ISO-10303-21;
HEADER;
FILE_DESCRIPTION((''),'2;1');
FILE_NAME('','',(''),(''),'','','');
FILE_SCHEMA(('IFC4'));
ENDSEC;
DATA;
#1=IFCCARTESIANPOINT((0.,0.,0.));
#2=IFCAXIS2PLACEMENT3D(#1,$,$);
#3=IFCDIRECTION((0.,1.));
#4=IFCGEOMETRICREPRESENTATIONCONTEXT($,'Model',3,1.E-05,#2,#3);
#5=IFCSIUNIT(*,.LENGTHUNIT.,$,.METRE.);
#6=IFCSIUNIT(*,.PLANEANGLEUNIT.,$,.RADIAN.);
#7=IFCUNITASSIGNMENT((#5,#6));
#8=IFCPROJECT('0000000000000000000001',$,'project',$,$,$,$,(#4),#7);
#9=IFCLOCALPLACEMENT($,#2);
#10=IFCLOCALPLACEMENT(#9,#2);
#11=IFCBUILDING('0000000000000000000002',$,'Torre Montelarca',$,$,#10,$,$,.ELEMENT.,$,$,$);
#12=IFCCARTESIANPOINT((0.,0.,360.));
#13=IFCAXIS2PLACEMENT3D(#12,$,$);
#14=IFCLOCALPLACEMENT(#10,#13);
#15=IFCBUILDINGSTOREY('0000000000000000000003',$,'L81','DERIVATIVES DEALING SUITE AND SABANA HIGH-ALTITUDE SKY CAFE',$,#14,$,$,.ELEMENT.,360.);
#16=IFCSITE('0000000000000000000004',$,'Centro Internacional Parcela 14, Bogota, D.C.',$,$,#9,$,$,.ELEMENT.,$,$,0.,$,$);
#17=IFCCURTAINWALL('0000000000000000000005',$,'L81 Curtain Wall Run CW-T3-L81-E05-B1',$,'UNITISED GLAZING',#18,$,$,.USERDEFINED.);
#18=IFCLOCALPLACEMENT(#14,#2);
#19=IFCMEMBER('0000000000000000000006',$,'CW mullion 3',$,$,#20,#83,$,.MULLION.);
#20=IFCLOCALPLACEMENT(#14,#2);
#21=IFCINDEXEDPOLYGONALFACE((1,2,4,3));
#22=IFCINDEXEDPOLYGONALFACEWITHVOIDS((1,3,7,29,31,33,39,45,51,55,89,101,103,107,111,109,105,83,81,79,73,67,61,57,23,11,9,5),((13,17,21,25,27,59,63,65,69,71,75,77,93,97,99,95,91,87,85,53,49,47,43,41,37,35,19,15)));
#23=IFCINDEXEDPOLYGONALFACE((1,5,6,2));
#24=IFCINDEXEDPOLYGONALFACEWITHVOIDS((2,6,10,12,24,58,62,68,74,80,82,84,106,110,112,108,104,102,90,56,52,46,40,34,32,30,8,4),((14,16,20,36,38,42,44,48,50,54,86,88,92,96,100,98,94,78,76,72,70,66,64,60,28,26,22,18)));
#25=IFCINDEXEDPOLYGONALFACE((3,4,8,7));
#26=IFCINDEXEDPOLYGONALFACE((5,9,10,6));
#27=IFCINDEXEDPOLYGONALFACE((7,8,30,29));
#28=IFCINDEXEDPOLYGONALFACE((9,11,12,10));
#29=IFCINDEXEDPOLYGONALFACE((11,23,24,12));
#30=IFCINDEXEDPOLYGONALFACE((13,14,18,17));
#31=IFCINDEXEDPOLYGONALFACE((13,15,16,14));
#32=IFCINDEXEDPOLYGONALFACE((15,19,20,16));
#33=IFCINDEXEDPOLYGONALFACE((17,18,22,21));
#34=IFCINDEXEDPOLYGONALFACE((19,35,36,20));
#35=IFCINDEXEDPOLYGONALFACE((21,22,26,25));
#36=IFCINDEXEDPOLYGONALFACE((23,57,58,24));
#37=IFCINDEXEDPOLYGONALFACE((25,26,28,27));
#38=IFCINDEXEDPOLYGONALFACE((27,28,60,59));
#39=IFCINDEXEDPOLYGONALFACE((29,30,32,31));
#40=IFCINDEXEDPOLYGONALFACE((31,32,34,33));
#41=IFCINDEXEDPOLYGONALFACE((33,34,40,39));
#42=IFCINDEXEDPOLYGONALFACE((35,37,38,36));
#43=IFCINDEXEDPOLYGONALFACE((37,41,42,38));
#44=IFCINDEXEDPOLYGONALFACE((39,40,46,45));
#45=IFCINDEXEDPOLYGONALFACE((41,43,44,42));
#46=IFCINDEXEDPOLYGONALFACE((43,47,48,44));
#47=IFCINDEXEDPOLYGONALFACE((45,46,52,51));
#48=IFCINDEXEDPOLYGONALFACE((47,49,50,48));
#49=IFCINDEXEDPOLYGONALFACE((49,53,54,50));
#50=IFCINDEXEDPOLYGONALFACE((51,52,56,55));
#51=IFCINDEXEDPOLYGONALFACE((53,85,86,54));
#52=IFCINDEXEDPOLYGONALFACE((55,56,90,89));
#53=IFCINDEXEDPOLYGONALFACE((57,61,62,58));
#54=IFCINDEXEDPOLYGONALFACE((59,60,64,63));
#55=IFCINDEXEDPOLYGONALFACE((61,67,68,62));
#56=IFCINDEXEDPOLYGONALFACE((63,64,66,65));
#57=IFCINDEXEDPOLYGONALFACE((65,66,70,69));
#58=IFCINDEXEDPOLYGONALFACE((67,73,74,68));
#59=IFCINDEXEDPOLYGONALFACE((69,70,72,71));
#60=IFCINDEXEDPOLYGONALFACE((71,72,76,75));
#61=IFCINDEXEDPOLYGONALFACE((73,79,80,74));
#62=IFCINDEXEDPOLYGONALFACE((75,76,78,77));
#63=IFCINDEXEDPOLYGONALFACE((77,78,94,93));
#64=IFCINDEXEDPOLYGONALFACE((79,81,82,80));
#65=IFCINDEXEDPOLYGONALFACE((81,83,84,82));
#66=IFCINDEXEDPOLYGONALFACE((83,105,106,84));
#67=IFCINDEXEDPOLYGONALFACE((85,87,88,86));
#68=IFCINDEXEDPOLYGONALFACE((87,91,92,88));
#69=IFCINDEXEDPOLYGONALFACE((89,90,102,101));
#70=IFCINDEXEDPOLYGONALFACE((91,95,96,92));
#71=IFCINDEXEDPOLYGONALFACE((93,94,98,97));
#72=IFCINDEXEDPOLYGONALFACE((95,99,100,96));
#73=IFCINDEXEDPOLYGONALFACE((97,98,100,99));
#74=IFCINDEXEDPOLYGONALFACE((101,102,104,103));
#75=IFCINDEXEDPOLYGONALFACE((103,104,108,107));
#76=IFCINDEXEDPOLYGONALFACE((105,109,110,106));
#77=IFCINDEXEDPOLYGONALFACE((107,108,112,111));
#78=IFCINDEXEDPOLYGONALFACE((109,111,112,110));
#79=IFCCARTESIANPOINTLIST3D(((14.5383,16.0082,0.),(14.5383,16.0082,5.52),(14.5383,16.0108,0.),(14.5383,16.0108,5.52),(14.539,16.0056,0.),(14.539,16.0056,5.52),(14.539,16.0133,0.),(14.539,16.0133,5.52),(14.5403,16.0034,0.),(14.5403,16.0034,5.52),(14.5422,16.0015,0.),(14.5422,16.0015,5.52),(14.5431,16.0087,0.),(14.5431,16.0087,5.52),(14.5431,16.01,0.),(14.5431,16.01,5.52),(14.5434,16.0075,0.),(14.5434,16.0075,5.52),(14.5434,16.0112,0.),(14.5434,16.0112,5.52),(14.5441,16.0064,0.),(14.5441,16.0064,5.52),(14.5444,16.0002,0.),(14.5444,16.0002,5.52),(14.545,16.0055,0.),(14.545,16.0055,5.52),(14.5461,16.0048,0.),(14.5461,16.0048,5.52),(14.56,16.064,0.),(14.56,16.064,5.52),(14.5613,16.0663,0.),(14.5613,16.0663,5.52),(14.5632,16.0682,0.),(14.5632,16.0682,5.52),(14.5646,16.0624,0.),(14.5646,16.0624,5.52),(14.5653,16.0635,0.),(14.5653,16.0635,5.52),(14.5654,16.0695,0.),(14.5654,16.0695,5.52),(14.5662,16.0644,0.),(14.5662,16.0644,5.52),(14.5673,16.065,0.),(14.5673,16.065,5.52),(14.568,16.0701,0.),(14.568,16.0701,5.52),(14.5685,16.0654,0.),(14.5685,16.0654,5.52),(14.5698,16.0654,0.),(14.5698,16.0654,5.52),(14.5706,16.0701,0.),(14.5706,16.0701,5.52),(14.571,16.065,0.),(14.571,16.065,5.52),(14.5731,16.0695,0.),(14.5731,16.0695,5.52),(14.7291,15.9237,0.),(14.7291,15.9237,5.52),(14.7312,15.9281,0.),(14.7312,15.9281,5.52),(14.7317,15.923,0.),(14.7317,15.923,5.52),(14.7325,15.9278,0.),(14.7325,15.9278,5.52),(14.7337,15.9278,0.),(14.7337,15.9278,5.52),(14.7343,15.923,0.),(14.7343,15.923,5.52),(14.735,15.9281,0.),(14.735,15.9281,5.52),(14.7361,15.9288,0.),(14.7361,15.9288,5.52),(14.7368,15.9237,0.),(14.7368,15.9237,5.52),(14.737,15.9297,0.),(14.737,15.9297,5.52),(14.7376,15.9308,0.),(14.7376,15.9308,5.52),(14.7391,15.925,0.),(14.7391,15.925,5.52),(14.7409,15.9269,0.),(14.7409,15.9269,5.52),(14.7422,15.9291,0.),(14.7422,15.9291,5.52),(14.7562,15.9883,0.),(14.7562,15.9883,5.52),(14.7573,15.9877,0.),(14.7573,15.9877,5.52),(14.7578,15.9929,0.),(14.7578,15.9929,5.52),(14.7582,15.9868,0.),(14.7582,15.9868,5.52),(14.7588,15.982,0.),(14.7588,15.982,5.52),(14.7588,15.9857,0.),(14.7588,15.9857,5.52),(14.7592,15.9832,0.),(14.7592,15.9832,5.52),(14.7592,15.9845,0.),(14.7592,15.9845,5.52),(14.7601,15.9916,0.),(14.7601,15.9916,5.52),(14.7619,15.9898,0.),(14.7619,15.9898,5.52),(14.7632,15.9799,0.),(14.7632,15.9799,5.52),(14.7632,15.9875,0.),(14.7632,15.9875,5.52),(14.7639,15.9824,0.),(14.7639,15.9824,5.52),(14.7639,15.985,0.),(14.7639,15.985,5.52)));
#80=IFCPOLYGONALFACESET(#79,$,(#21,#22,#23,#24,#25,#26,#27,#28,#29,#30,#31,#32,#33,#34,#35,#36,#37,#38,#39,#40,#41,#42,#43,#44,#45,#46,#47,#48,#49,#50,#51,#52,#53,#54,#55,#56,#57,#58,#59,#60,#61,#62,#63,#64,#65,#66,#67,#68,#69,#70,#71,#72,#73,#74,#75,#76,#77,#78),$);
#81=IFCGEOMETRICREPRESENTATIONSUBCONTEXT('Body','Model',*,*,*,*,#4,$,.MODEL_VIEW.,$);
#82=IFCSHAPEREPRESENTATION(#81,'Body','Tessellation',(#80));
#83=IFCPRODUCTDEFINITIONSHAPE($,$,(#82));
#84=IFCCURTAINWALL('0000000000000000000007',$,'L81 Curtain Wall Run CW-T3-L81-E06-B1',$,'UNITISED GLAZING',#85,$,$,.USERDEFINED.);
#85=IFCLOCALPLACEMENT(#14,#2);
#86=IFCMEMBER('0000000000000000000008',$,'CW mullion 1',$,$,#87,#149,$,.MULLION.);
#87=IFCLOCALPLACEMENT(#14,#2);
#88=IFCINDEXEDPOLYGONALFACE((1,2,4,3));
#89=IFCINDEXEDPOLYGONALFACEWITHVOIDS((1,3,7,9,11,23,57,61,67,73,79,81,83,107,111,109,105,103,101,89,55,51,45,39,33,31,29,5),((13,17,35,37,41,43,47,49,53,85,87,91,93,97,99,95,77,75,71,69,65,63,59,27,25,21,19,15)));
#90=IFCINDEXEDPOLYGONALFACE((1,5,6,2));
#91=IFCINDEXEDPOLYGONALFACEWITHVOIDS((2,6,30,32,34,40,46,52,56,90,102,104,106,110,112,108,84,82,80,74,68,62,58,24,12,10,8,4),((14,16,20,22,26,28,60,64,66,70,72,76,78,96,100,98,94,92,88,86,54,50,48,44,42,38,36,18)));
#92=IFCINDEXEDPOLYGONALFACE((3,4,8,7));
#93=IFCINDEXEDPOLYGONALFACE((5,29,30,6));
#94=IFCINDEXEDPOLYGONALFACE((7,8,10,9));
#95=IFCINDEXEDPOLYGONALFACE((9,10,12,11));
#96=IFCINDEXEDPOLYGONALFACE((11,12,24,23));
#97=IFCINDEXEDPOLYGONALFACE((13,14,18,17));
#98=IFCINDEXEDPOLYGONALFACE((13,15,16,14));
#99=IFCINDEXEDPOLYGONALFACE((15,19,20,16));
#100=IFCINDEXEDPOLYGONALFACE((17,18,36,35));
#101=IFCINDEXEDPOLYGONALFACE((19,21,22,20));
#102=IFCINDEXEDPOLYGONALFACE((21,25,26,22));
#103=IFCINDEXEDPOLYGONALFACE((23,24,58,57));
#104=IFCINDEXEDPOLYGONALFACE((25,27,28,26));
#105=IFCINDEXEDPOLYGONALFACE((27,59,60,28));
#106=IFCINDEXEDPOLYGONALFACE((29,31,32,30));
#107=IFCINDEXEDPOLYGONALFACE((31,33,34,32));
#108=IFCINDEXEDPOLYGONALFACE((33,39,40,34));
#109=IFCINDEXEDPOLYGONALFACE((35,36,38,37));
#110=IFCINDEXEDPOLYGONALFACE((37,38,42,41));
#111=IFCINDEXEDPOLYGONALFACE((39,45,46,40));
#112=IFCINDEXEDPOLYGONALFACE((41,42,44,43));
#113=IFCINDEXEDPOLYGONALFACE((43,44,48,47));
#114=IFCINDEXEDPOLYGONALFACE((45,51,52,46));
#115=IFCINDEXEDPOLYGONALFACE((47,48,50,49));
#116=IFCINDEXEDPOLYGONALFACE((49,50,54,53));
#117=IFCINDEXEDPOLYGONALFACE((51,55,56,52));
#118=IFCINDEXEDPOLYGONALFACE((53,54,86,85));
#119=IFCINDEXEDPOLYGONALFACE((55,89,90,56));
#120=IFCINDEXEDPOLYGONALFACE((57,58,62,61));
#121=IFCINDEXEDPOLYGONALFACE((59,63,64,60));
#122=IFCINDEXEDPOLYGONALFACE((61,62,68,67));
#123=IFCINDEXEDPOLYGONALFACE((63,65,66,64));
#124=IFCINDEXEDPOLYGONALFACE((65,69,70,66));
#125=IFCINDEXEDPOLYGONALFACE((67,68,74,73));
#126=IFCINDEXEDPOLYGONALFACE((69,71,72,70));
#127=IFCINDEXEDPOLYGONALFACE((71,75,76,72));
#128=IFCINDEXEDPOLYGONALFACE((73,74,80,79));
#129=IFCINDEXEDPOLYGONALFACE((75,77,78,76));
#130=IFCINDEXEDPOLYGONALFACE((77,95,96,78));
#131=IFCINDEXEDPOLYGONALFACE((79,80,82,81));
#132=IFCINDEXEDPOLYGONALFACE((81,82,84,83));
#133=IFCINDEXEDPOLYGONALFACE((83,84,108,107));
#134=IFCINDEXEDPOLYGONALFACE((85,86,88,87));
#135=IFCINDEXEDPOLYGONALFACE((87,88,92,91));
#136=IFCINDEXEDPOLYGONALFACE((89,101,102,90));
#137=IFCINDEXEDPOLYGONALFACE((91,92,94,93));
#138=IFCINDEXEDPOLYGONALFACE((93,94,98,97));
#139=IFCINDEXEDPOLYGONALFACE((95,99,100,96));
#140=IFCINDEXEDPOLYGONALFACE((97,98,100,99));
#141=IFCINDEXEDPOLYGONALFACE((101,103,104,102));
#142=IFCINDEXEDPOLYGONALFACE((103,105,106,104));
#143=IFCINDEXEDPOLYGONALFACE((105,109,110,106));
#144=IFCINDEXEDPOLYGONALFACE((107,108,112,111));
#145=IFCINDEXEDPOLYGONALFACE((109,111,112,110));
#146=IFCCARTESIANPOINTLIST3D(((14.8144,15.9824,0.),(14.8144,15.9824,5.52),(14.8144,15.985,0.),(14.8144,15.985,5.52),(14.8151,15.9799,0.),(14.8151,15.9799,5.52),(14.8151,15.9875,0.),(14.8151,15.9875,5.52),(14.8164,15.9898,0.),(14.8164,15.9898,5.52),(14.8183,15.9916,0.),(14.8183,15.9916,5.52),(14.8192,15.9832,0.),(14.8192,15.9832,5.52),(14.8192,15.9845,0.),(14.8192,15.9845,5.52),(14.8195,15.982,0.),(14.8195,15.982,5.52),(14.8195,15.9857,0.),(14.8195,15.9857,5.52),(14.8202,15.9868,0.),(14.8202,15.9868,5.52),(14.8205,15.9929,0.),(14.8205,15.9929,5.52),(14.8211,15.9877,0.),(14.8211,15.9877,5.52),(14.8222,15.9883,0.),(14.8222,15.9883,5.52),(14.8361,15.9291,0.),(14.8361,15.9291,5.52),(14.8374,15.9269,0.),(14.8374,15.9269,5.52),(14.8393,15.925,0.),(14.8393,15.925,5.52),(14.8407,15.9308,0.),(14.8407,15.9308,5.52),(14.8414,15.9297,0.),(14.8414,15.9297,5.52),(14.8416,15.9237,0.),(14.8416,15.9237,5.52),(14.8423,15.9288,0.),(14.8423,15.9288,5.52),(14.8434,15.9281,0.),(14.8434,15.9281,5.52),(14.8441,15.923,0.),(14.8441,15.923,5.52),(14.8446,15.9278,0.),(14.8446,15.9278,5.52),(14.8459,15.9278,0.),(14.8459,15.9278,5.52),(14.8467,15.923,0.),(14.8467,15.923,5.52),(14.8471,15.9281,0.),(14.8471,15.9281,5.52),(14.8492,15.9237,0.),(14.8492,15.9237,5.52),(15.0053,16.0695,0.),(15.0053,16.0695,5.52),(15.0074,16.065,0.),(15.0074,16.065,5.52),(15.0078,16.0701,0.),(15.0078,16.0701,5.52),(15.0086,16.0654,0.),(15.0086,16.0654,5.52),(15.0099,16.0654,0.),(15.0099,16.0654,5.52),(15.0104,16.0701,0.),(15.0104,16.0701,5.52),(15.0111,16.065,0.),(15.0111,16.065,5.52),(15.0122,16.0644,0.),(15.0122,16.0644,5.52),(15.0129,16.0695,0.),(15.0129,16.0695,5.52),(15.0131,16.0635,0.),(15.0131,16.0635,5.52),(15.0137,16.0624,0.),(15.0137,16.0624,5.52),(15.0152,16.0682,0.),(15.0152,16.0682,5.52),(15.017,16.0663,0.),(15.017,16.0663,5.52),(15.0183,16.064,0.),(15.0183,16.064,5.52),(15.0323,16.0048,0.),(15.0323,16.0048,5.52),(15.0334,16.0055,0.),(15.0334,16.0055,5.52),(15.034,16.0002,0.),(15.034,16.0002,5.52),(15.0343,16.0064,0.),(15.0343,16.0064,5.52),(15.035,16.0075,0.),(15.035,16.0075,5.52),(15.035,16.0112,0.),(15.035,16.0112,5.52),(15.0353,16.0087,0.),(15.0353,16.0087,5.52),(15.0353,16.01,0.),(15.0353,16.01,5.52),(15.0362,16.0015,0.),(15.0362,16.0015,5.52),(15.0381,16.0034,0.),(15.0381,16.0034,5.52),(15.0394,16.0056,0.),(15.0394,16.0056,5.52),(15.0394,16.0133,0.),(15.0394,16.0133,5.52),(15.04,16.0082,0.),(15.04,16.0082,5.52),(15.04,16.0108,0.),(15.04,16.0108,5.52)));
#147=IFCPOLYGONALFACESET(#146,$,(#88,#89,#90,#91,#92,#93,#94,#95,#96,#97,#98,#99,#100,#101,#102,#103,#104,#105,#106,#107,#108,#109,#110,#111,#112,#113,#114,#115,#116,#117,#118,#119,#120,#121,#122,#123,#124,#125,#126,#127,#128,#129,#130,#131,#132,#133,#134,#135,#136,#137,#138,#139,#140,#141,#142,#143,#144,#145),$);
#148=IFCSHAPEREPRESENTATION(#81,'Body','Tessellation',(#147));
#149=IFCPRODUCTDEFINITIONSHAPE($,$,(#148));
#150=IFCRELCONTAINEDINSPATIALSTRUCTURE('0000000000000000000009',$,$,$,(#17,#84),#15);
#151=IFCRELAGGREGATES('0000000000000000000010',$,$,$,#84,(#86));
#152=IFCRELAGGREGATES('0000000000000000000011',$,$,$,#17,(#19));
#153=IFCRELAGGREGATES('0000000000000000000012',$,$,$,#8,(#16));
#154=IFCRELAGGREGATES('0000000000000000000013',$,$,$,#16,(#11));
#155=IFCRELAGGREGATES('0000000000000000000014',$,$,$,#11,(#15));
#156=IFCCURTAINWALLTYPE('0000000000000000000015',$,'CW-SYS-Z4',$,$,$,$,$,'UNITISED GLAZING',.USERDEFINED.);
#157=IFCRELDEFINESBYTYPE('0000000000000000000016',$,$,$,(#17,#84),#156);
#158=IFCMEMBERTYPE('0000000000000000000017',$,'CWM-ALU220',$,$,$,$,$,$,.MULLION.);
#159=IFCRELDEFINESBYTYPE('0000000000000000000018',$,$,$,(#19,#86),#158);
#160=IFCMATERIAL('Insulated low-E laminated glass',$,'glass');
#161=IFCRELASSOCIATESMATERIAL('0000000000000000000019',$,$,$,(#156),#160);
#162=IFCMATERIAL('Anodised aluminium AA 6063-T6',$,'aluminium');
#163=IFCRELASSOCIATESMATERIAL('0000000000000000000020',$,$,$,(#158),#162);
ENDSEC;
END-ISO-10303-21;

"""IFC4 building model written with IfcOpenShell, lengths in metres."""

from ifc_helpers import new_model, si_unit, direction, frame, origin, origin_2d, place, context, subcontext, project, spatial, hollow_rectangle, extrude, source, transform, mapped, material, material_profile, profile_set, type_object, element, aggregate, save


model = new_model("IFC4")

# Units and contexts
model_context = context("Model", 3, precision=1e-05, world=origin(), true_north=direction((0.0, 1.0)))
body_context = subcontext(model_context, "Body", "Model", "MODEL_VIEW")
ifc_project = project(units=[si_unit("LENGTHUNIT", "METRE"), si_unit("PLANEANGLEUNIT", "RADIAN")], contexts=[model_context])

# Site, building, storey
site_placement = place(None, origin())
site = spatial("IfcSite", under=ifc_project, at=site_placement, Name="Centro Internacional Parcela 14, Bogota, D.C.", CompositionType="ELEMENT", RefElevation=0.0)
building_placement = place(site_placement, origin())
building = spatial("IfcBuilding", under=site, at=building_placement, Name="Torre Montelarca", CompositionType="ELEMENT")
storey_placement = place(building_placement, frame((0.0, 0.0, 360.0)))
storey = spatial("IfcBuildingStorey", under=building, at=storey_placement, Name="L81", Description="DERIVATIVES DEALING SUITE AND SABANA HIGH-ALTITUDE SKY CAFE", CompositionType="ELEMENT", Elevation=360.0)

# Curtain wall, member
ifc_material_1 = material(Name="Insulated low-E laminated glass", Category="glass")
curtain_wall_type = type_object("IfcCurtainWallType", Name="CW-SYS-Z4", ElementType="UNITISED GLAZING", PredefinedType="USERDEFINED", material=ifc_material_1)
curtain_wall_1_placement = place(storey_placement, origin())
curtain_wall_1 = element("IfcCurtainWall", 1, at=curtain_wall_1_placement, inside=storey, type_object=curtain_wall_type, Name="L81 Curtain Wall Run CW-T3-L81-E05-B1", ObjectType="UNITISED GLAZING", PredefinedType="USERDEFINED")
ifc_material_2 = material(Name="Anodised aluminium AA 6063-T6", Category="aluminium")
ifc_material_profile_1 = material_profile(ifc_material_2, hollow_rectangle(XDim=0.075, YDim=0.22, WallThickness=0.0049, InnerFilletRadius=0.0049, OuterFilletRadius=0.01, at=origin_2d()), Name="ALU75X220X5", Category="aluminium")
ifc_profile_set_1 = profile_set([ifc_material_profile_1], Name="Anodised aluminium AA 6063-T6")
member_type_1 = type_object("IfcMemberType", Name="CWM-ALU220", PredefinedType="MULLION", material=ifc_profile_set_1)
shared_shape_1 = source(origin(), body_context, "Body", "SweptSolid", [
    extrude(hollow_rectangle(XDim=0.075, YDim=0.22, WallThickness=0.0049, InnerFilletRadius=0.0049, OuterFilletRadius=0.01, at=origin_2d()), origin(), (0.0, 0.0, 1.0), 5.52),
])
member_1_placement = place(storey_placement, frame((14.6511, 15.9966, 0.0), z_axis=(0.0, 0.0, 1.0), x_axis=(0.382681, 0.92388, 0.0)))
member_1 = element("IfcMember", 2, at=member_1_placement, type_object=member_type_1, Name="CW mullion 3", PredefinedType="MULLION", context=body_context, shape_type="MappedRepresentation", body=[
    mapped(shared_shape_1, transform((0.0, 0.0, 0.0), scale=1.0)),
])

# Curtain wall, member
curtain_wall_2_placement = place(storey_placement, origin())
curtain_wall_2 = element("IfcCurtainWall", 3, at=curtain_wall_2_placement, inside=storey, type_object=curtain_wall_type, Name="L81 Curtain Wall Run CW-T3-L81-E06-B1", ObjectType="UNITISED GLAZING", PredefinedType="USERDEFINED")
member_2_placement = place(storey_placement, frame((14.9272, 15.9966, 0.0), z_axis=(0.0, 0.0, 1.0), x_axis=(-0.382677, 0.923882, 0.0)))
member_2 = element("IfcMember", 4, at=member_2_placement, type_object=member_type_1, Name="CW mullion 1", PredefinedType="MULLION", context=body_context, shape_type="MappedRepresentation", body=[
    mapped(shared_shape_1, transform((0.0, 0.0, 0.0), scale=1.0)),
])

aggregate(curtain_wall_2, [member_2])

aggregate(curtain_wall_1, [member_1])

save(model, "model.ifc")
